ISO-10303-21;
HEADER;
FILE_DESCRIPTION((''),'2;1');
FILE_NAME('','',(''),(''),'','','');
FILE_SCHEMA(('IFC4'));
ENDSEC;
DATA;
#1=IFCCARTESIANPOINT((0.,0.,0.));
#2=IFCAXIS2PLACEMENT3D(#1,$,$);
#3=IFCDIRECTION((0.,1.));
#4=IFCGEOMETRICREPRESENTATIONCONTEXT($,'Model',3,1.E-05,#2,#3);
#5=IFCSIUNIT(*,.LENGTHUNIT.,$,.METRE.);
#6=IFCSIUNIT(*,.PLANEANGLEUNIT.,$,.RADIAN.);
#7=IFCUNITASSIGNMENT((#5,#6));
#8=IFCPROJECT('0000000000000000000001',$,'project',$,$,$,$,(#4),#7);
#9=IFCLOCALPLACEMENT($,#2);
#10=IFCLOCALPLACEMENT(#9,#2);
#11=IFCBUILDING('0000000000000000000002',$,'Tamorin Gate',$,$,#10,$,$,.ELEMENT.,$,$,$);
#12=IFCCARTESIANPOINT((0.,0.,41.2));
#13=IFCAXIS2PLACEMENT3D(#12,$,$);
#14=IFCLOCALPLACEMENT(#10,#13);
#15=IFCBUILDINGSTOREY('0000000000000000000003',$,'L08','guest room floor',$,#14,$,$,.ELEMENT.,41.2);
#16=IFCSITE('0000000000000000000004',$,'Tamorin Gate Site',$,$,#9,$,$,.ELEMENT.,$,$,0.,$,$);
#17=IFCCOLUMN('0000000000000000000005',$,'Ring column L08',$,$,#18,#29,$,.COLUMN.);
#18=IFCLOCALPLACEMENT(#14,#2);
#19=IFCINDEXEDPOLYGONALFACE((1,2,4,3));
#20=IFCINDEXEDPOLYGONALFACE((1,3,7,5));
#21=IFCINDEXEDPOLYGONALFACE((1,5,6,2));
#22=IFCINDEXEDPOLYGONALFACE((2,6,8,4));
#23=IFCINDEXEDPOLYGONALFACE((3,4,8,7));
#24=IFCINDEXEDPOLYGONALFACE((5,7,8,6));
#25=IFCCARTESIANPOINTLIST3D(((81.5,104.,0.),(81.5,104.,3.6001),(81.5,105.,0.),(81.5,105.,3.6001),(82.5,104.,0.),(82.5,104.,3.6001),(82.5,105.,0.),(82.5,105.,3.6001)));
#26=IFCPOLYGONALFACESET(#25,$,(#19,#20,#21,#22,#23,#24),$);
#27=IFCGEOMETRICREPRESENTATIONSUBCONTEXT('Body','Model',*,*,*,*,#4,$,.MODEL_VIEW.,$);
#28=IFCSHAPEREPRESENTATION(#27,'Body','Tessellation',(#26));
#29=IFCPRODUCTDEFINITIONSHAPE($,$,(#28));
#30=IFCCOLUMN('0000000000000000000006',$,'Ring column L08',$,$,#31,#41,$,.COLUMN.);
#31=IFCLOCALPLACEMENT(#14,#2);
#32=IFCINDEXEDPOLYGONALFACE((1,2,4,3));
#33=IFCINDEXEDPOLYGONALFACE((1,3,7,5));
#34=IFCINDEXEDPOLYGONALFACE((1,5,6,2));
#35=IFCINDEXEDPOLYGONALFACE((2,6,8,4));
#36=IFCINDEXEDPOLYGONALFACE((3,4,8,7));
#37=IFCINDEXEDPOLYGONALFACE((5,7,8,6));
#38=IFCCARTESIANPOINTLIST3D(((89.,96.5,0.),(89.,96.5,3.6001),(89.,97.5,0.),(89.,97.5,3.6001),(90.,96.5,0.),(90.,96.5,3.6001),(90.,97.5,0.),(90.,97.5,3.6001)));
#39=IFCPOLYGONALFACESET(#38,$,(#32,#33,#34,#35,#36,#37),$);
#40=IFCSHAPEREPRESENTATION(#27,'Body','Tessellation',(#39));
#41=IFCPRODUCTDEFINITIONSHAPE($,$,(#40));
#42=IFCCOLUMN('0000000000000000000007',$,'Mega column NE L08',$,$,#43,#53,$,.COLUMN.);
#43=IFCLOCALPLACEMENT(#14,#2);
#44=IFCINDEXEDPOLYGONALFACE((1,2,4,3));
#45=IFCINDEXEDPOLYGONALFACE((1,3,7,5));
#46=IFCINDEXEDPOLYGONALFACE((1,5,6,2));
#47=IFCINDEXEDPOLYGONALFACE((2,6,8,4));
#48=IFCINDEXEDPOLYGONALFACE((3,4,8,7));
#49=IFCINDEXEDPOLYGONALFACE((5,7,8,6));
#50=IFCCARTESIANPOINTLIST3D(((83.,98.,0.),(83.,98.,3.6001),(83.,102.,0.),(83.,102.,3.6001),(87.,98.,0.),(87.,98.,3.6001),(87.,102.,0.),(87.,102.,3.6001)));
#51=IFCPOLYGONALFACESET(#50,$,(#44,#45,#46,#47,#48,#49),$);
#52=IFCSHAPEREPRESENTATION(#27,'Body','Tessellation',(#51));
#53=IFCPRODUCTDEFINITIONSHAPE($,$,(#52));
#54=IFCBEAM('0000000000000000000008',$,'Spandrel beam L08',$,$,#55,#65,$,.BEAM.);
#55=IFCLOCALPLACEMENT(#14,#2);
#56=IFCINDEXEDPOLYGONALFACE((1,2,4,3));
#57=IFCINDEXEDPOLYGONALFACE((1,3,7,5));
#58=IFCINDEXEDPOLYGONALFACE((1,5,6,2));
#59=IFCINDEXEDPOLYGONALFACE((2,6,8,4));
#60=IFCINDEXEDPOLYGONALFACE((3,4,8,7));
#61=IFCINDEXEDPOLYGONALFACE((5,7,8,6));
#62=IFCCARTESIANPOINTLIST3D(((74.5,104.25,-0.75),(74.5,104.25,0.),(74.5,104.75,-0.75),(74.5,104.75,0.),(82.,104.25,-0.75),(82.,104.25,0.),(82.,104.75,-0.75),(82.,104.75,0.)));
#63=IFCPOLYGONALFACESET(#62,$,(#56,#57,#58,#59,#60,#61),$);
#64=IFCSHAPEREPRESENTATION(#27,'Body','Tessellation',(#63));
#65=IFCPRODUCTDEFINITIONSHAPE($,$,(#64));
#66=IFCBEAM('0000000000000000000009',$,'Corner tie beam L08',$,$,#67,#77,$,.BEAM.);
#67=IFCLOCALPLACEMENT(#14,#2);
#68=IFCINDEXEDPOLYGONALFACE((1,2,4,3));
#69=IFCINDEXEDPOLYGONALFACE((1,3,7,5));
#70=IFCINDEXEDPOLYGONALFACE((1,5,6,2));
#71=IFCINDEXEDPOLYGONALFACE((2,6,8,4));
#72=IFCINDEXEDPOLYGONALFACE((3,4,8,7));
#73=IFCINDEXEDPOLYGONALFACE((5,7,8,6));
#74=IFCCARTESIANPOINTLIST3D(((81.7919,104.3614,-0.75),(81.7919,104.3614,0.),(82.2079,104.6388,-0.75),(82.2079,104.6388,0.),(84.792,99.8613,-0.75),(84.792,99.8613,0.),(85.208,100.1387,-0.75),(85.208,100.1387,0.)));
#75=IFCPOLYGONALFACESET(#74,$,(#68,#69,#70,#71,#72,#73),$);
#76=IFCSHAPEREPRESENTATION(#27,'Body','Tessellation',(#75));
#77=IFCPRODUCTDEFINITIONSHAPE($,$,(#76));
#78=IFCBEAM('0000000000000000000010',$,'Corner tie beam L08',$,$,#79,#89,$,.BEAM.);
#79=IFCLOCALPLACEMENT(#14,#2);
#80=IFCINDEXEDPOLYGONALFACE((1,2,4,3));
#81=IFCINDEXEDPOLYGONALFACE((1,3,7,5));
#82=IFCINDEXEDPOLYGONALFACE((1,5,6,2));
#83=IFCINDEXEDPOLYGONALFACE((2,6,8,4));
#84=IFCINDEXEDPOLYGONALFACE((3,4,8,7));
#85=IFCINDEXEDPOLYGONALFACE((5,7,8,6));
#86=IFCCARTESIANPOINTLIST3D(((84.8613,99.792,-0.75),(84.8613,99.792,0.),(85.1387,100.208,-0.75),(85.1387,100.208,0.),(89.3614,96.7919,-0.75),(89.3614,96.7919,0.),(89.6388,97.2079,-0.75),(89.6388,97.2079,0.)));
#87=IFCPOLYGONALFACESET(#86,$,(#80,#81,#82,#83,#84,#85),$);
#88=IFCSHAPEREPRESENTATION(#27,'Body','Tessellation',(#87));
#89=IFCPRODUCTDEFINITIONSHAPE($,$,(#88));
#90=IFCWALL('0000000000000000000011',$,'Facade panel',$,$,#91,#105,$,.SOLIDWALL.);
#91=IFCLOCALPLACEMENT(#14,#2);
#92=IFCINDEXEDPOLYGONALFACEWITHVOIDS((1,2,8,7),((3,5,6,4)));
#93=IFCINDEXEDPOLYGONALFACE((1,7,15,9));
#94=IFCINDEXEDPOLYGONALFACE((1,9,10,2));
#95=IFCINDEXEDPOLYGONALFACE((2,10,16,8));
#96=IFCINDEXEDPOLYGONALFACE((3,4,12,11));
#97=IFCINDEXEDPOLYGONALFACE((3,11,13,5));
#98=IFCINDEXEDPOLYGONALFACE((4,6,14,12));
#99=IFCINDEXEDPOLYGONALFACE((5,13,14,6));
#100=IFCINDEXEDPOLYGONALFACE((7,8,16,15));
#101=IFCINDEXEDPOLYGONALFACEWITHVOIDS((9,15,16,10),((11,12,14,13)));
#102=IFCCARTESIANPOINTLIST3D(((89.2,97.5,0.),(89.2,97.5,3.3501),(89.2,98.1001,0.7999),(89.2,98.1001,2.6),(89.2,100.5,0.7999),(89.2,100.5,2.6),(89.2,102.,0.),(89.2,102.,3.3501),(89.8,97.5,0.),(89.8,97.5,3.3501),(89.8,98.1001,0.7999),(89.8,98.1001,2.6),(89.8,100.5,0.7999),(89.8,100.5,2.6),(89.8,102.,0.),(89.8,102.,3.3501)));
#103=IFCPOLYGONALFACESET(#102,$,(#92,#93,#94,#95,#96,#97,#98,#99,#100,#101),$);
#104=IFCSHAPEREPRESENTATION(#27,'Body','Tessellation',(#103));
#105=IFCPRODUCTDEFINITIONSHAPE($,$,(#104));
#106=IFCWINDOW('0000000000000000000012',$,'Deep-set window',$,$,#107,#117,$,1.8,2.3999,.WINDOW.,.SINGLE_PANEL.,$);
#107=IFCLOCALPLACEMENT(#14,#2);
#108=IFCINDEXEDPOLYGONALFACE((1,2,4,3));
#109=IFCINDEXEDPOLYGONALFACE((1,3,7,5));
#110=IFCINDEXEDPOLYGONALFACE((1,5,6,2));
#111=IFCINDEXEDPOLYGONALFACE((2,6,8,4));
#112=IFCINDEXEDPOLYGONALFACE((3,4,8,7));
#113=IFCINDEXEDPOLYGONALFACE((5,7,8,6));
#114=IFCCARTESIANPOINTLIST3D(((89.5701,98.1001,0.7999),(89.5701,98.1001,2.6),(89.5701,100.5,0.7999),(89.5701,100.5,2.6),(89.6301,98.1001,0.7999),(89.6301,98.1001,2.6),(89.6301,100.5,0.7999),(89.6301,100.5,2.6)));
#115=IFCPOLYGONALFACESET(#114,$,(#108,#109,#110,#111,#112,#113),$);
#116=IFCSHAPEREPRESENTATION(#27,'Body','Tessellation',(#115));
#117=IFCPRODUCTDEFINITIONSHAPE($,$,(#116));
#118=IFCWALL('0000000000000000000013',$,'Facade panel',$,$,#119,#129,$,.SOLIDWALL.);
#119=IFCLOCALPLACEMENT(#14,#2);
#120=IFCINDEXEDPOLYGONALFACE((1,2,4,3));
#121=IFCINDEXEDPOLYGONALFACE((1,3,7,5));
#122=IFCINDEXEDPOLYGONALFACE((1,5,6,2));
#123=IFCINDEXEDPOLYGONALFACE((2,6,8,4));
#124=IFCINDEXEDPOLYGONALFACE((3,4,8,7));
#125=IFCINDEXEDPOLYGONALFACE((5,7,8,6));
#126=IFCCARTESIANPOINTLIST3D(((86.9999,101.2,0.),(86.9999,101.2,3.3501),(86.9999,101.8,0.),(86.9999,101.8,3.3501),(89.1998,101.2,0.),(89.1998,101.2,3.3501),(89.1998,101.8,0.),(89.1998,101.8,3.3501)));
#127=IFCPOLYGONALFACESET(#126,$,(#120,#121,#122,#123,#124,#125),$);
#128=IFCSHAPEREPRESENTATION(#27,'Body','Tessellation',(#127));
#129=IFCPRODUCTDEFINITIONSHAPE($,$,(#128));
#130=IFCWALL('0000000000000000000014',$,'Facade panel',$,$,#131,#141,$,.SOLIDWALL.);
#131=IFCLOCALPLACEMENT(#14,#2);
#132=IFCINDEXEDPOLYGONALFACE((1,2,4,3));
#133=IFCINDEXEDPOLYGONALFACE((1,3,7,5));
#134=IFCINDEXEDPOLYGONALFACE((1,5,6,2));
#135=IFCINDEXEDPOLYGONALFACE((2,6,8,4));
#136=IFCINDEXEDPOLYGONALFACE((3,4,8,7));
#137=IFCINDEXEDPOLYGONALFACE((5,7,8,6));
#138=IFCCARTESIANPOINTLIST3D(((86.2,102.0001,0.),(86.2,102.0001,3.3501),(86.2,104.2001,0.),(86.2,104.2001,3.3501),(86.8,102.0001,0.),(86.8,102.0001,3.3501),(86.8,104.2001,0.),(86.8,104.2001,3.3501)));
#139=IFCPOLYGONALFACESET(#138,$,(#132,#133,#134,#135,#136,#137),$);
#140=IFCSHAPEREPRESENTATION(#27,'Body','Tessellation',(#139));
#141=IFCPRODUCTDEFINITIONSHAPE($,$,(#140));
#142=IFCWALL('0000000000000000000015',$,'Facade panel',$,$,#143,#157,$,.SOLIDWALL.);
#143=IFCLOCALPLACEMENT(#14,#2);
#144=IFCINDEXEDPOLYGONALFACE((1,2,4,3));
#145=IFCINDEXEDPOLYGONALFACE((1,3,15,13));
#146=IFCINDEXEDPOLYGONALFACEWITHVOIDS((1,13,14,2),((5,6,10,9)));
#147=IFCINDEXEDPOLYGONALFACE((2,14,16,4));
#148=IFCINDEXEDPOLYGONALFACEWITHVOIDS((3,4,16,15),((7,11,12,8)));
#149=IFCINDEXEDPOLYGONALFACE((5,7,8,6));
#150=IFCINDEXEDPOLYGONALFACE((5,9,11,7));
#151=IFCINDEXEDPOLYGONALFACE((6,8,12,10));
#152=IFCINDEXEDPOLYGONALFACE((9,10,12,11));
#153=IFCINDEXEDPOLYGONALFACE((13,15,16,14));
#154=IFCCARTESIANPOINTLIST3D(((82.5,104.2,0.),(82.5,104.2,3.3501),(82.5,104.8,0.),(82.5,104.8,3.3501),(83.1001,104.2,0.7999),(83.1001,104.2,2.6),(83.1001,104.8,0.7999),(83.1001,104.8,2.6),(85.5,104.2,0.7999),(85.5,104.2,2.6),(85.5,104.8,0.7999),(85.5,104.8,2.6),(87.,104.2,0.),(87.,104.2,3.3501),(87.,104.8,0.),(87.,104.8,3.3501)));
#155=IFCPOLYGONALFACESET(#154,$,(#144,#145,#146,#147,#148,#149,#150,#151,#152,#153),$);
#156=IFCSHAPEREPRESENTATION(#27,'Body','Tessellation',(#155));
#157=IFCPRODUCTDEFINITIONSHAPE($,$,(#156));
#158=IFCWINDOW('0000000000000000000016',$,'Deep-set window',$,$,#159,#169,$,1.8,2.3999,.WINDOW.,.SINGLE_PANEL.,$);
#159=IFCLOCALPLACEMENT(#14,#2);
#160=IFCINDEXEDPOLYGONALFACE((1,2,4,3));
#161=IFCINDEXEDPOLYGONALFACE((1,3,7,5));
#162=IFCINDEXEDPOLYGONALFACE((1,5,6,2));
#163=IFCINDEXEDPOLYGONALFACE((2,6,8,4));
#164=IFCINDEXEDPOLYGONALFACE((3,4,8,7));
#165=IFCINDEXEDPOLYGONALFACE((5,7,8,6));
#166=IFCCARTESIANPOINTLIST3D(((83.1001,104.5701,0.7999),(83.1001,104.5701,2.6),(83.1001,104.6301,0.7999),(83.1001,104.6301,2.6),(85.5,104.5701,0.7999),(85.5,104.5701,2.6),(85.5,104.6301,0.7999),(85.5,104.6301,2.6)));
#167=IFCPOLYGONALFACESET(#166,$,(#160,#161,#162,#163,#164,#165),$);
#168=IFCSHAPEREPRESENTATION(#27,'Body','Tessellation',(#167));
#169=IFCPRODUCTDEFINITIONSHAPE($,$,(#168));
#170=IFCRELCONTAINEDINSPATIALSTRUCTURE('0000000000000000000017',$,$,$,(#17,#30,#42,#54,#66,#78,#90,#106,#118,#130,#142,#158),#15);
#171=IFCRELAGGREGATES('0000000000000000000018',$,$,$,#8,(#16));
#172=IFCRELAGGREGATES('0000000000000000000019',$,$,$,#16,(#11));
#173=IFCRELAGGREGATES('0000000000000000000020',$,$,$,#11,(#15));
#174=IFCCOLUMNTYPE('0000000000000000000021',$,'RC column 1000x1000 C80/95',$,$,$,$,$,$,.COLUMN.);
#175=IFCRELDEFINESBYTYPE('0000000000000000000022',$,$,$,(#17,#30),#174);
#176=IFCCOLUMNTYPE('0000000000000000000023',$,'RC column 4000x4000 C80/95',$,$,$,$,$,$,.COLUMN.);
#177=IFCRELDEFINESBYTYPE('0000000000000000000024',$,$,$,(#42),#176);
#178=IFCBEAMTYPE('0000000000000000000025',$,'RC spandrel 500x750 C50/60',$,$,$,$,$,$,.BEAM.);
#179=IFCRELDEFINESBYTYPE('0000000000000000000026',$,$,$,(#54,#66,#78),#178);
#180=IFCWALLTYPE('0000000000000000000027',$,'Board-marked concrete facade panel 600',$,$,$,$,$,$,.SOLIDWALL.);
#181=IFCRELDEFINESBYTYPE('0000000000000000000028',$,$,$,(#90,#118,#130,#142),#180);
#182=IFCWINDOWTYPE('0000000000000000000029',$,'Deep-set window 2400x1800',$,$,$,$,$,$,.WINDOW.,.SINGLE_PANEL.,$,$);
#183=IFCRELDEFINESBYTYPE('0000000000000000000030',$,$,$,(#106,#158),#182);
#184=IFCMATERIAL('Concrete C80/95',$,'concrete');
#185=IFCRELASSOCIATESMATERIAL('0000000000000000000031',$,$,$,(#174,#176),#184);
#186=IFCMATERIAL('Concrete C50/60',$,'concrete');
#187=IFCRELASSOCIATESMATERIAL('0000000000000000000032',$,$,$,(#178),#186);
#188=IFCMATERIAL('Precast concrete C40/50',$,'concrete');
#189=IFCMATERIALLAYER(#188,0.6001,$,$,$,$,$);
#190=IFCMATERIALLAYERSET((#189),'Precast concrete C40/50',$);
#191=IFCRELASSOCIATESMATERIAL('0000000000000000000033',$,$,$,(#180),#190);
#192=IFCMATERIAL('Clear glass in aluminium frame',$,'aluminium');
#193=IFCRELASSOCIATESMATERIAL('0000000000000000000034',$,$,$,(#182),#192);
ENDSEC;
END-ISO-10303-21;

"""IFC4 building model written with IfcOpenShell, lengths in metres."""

from ifc_helpers import new_model, si_unit, direction, frame, frame_2d, origin, origin_2d, place, context, subcontext, project, spatial, rectangle, extrude, material, layer, layer_set, material_profile, profile_set, type_object, element, fill, save


model = new_model("IFC4")

# Units and contexts
model_context = context("Model", 3, precision=1e-05, world=origin(), true_north=direction((0.0, 1.0)))
body_context = subcontext(model_context, "Body", "Model", "MODEL_VIEW")
ifc_project = project(units=[si_unit("LENGTHUNIT", "METRE"), si_unit("PLANEANGLEUNIT", "RADIAN")], contexts=[model_context])

# Site, building, storey
site_placement = place(None, origin())
site = spatial("IfcSite", under=ifc_project, at=site_placement, Name="Tamorin Gate Site", CompositionType="ELEMENT", RefElevation=0.0)
building_placement = place(site_placement, origin())
building = spatial("IfcBuilding", under=site, at=building_placement, Name="Tamorin Gate", CompositionType="ELEMENT")
storey_placement = place(building_placement, frame((0.0, 0.0, 41.2)))
storey = spatial("IfcBuildingStorey", under=building, at=storey_placement, Name="L08", Description="guest room floor", CompositionType="ELEMENT", Elevation=41.2)

# Columns
ifc_material_1 = material(Name="Concrete C80/95", Category="concrete")
ifc_material_profile_1 = material_profile(ifc_material_1, rectangle(XDim=1.0, YDim=1.0, at=origin_2d()), Name="RC 1000x1000")
ifc_profile_set_1 = profile_set([ifc_material_profile_1], Name="Concrete C80/95")
column_type_1 = type_object("IfcColumnType", Name="RC column 1000x1000 C80/95", PredefinedType="COLUMN", material=ifc_profile_set_1)
for number, where, z_axis, x_axis, name in (
    (1, (82.0, 104.5, 0.0), (0.0, 0.0, 1.0), (1.0, 0.0, 0.0), "Ring column L08"),
    (2, (89.5, 97.0, 0.0), (0.0, 0.0, 1.0), (1.0, 0.0, 0.0), "Ring column L08"),
):
    element("IfcColumn", number, at=place(storey_placement, frame(where, z_axis=z_axis, x_axis=x_axis)), inside=storey, type_object=column_type_1, Name=name, PredefinedType="COLUMN", context=body_context, shape_type="SweptSolid", body=[
        extrude(rectangle(XDim=1.0, YDim=1.0, at=origin_2d()), origin(), (0.0, 0.0, 1.0), 3.6001),
    ])
ifc_material_profile_2 = material_profile(ifc_material_1, rectangle(XDim=4.0, YDim=4.0, at=origin_2d()), Name="RC 4000x4000")
ifc_profile_set_2 = profile_set([ifc_material_profile_2], Name="Concrete C80/95")
column_type_2 = type_object("IfcColumnType", Name="RC column 4000x4000 C80/95", PredefinedType="COLUMN", material=ifc_profile_set_2)
column_placement = place(storey_placement, frame((85.0, 100.0, 0.0), z_axis=(0.0, 0.0, 1.0), x_axis=(1.0, 0.0, 0.0)))
element("IfcColumn", 3, at=column_placement, inside=storey, type_object=column_type_2, Name="Mega column NE L08", PredefinedType="COLUMN", context=body_context, shape_type="SweptSolid", body=[
    extrude(rectangle(XDim=4.0, YDim=4.0, at=origin_2d()), origin(), (0.0, 0.0, 1.0), 3.6001),
])

# Beams
ifc_material_2 = material(Name="Concrete C50/60", Category="concrete")
ifc_material_profile_3 = material_profile(ifc_material_2, rectangle(XDim=0.5, YDim=0.75, at=origin_2d()), Name="RC 500x750")
ifc_profile_set_3 = profile_set([ifc_material_profile_3], Name="Concrete C50/60")
beam_type = type_object("IfcBeamType", Name="RC spandrel 500x750 C50/60", PredefinedType="BEAM", material=ifc_profile_set_3)
beam_placement = place(storey_placement, frame((82.0, 104.5, -0.375), z_axis=(-1.0, 0.0, 0.0), x_axis=(0.0, -1.0, 0.0)))
element("IfcBeam", 4, at=beam_placement, inside=storey, type_object=beam_type, Name="Spandrel beam L08", PredefinedType="BEAM", context=body_context, shape_type="SweptSolid", body=[
    extrude(rectangle(XDim=0.5, YDim=0.75, at=origin_2d()), origin(), (0.0, 0.0, 1.0), 7.5),
])
for number, where, z_axis, x_axis, name in (
    (5, (85.0, 100.0, -0.375), (-0.5547, 0.83205, 0.0), (-0.83205, -0.5547, 0.0), "Corner tie beam L08"),
    (6, (85.0, 100.0, -0.375), (0.83205, -0.5547, 0.0), (0.5547, 0.83205, 0.0), "Corner tie beam L08"),
):
    element("IfcBeam", number, at=place(storey_placement, frame(where, z_axis=z_axis, x_axis=x_axis)), inside=storey, type_object=beam_type, Name=name, PredefinedType="BEAM", context=body_context, shape_type="SweptSolid", body=[
        extrude(rectangle(XDim=0.5, YDim=0.75, at=origin_2d()), origin(), (0.0, 0.0, 1.0), 5.4084),
    ])

# Wall, opening, window
ifc_material_3 = material(Name="Precast concrete C40/50", Category="concrete")
ifc_layer_1 = layer(ifc_material_3, 0.6001)
ifc_layer_set_1 = layer_set([ifc_layer_1], Name="Precast concrete C40/50")
wall_type_1 = type_object("IfcWallType", Name="Board-marked concrete facade panel 600", PredefinedType="SOLIDWALL", material=ifc_layer_set_1)
wall_1_placement = place(storey_placement, frame((89.5, 97.5, 0.0), z_axis=(0.0, 0.0, 1.0), x_axis=(0.0, 1.0, 0.0)))
wall_1 = element("IfcWall", 7, at=wall_1_placement, inside=storey, type_object=wall_type_1, Name="Facade panel", PredefinedType="SOLIDWALL", context=body_context, shape_type="SweptSolid", body=[
    extrude(rectangle(XDim=4.5, YDim=0.6001, at=frame_2d((2.25, 0.0))), origin(), (0.0, 0.0, 1.0), 3.3501),
])
opening_1_placement = place(wall_1_placement, frame((0.6001, 0.0, 0.8)))
opening_1 = element("IfcOpeningElement", 8, at=opening_1_placement, cuts=wall_1, PredefinedType="OPENING", context=body_context, shape_type="SweptSolid", body=[
    extrude(rectangle(XDim=2.3999, YDim=1.8, at=frame_2d((1.2, 0.8999))), frame((0.0, 0.3101, 0.0), z_axis=(0.0, -1.0, 0.0), x_axis=(1.0, 0.0, 0.0)), (0.0, 0.0, 1.0), 0.6201),
])
ifc_material_4 = material(Name="Clear glass in aluminium frame", Category="aluminium")
window_type = type_object("IfcWindowType", Name="Deep-set window 2400x1800", PartitioningType="SINGLE_PANEL", PredefinedType="WINDOW", material=ifc_material_4)
window_1_placement = place(opening_1_placement, origin())
window_1 = element("IfcWindow", 9, at=window_1_placement, inside=storey, type_object=window_type, Name="Deep-set window", OverallHeight=1.8, OverallWidth=2.3999, PartitioningType="SINGLE_PANEL", PredefinedType="WINDOW", context=body_context, shape_type="SweptSolid", body=[
    extrude(rectangle(XDim=2.3999, YDim=1.8, at=frame_2d((1.2, 0.8999))), frame((0.0, -0.0701, 0.0), z_axis=(0.0, -1.0, 0.0), x_axis=(1.0, 0.0, 0.0)), (0.0, 0.0, 1.0), 0.0601),
])
fill(opening_1, window_1)

# Walls
for number, where, z_axis, x_axis, name in (
    (10, (89.2, 101.5, 0.0), (0.0, 0.0, 1.0), (-1.0, 0.0, 0.0), "Facade panel"),
    (11, (86.5, 102.0, 0.0), (0.0, 0.0, 1.0), (0.0, 1.0, 0.0), "Facade panel"),
):
    element("IfcWall", number, at=place(storey_placement, frame(where, z_axis=z_axis, x_axis=x_axis)), inside=storey, type_object=wall_type_1, Name=name, PredefinedType="SOLIDWALL", context=body_context, shape_type="SweptSolid", body=[
        extrude(rectangle(XDim=2.2, YDim=0.6001, at=frame_2d((1.1001, 0.0))), origin(), (0.0, 0.0, 1.0), 3.3501),
    ])

# Wall, opening, window
wall_2_placement = place(storey_placement, frame((87.0, 104.5, 0.0), z_axis=(0.0, 0.0, 1.0), x_axis=(-1.0, 0.0, 0.0)))
wall_2 = element("IfcWall", 12, at=wall_2_placement, inside=storey, type_object=wall_type_1, Name="Facade panel", PredefinedType="SOLIDWALL", context=body_context, shape_type="SweptSolid", body=[
    extrude(rectangle(XDim=4.5, YDim=0.6001, at=frame_2d((2.25, 0.0))), origin(), (0.0, 0.0, 1.0), 3.3501),
])
opening_2_placement = place(wall_2_placement, frame((1.5, 0.0, 0.8)))
opening_2 = element("IfcOpeningElement", 13, at=opening_2_placement, cuts=wall_2, PredefinedType="OPENING", context=body_context, shape_type="SweptSolid", body=[
    extrude(rectangle(XDim=2.3999, YDim=1.8, at=frame_2d((1.2, 0.8999))), frame((0.0, 0.3101, 0.0), z_axis=(0.0, -1.0, 0.0), x_axis=(1.0, 0.0, 0.0)), (0.0, 0.0, 1.0), 0.6201),
])
window_2_placement = place(opening_2_placement, origin())
window_2 = element("IfcWindow", 14, at=window_2_placement, inside=storey, type_object=window_type, Name="Deep-set window", OverallHeight=1.8, OverallWidth=2.3999, PartitioningType="SINGLE_PANEL", PredefinedType="WINDOW", context=body_context, shape_type="SweptSolid", body=[
    extrude(rectangle(XDim=2.3999, YDim=1.8, at=frame_2d((1.2, 0.8999))), frame((0.0, -0.0701, 0.0), z_axis=(0.0, -1.0, 0.0), x_axis=(1.0, 0.0, 0.0)), (0.0, 0.0, 1.0), 0.0601),
])
fill(opening_2, window_2)

save(model, "model.ifc")
